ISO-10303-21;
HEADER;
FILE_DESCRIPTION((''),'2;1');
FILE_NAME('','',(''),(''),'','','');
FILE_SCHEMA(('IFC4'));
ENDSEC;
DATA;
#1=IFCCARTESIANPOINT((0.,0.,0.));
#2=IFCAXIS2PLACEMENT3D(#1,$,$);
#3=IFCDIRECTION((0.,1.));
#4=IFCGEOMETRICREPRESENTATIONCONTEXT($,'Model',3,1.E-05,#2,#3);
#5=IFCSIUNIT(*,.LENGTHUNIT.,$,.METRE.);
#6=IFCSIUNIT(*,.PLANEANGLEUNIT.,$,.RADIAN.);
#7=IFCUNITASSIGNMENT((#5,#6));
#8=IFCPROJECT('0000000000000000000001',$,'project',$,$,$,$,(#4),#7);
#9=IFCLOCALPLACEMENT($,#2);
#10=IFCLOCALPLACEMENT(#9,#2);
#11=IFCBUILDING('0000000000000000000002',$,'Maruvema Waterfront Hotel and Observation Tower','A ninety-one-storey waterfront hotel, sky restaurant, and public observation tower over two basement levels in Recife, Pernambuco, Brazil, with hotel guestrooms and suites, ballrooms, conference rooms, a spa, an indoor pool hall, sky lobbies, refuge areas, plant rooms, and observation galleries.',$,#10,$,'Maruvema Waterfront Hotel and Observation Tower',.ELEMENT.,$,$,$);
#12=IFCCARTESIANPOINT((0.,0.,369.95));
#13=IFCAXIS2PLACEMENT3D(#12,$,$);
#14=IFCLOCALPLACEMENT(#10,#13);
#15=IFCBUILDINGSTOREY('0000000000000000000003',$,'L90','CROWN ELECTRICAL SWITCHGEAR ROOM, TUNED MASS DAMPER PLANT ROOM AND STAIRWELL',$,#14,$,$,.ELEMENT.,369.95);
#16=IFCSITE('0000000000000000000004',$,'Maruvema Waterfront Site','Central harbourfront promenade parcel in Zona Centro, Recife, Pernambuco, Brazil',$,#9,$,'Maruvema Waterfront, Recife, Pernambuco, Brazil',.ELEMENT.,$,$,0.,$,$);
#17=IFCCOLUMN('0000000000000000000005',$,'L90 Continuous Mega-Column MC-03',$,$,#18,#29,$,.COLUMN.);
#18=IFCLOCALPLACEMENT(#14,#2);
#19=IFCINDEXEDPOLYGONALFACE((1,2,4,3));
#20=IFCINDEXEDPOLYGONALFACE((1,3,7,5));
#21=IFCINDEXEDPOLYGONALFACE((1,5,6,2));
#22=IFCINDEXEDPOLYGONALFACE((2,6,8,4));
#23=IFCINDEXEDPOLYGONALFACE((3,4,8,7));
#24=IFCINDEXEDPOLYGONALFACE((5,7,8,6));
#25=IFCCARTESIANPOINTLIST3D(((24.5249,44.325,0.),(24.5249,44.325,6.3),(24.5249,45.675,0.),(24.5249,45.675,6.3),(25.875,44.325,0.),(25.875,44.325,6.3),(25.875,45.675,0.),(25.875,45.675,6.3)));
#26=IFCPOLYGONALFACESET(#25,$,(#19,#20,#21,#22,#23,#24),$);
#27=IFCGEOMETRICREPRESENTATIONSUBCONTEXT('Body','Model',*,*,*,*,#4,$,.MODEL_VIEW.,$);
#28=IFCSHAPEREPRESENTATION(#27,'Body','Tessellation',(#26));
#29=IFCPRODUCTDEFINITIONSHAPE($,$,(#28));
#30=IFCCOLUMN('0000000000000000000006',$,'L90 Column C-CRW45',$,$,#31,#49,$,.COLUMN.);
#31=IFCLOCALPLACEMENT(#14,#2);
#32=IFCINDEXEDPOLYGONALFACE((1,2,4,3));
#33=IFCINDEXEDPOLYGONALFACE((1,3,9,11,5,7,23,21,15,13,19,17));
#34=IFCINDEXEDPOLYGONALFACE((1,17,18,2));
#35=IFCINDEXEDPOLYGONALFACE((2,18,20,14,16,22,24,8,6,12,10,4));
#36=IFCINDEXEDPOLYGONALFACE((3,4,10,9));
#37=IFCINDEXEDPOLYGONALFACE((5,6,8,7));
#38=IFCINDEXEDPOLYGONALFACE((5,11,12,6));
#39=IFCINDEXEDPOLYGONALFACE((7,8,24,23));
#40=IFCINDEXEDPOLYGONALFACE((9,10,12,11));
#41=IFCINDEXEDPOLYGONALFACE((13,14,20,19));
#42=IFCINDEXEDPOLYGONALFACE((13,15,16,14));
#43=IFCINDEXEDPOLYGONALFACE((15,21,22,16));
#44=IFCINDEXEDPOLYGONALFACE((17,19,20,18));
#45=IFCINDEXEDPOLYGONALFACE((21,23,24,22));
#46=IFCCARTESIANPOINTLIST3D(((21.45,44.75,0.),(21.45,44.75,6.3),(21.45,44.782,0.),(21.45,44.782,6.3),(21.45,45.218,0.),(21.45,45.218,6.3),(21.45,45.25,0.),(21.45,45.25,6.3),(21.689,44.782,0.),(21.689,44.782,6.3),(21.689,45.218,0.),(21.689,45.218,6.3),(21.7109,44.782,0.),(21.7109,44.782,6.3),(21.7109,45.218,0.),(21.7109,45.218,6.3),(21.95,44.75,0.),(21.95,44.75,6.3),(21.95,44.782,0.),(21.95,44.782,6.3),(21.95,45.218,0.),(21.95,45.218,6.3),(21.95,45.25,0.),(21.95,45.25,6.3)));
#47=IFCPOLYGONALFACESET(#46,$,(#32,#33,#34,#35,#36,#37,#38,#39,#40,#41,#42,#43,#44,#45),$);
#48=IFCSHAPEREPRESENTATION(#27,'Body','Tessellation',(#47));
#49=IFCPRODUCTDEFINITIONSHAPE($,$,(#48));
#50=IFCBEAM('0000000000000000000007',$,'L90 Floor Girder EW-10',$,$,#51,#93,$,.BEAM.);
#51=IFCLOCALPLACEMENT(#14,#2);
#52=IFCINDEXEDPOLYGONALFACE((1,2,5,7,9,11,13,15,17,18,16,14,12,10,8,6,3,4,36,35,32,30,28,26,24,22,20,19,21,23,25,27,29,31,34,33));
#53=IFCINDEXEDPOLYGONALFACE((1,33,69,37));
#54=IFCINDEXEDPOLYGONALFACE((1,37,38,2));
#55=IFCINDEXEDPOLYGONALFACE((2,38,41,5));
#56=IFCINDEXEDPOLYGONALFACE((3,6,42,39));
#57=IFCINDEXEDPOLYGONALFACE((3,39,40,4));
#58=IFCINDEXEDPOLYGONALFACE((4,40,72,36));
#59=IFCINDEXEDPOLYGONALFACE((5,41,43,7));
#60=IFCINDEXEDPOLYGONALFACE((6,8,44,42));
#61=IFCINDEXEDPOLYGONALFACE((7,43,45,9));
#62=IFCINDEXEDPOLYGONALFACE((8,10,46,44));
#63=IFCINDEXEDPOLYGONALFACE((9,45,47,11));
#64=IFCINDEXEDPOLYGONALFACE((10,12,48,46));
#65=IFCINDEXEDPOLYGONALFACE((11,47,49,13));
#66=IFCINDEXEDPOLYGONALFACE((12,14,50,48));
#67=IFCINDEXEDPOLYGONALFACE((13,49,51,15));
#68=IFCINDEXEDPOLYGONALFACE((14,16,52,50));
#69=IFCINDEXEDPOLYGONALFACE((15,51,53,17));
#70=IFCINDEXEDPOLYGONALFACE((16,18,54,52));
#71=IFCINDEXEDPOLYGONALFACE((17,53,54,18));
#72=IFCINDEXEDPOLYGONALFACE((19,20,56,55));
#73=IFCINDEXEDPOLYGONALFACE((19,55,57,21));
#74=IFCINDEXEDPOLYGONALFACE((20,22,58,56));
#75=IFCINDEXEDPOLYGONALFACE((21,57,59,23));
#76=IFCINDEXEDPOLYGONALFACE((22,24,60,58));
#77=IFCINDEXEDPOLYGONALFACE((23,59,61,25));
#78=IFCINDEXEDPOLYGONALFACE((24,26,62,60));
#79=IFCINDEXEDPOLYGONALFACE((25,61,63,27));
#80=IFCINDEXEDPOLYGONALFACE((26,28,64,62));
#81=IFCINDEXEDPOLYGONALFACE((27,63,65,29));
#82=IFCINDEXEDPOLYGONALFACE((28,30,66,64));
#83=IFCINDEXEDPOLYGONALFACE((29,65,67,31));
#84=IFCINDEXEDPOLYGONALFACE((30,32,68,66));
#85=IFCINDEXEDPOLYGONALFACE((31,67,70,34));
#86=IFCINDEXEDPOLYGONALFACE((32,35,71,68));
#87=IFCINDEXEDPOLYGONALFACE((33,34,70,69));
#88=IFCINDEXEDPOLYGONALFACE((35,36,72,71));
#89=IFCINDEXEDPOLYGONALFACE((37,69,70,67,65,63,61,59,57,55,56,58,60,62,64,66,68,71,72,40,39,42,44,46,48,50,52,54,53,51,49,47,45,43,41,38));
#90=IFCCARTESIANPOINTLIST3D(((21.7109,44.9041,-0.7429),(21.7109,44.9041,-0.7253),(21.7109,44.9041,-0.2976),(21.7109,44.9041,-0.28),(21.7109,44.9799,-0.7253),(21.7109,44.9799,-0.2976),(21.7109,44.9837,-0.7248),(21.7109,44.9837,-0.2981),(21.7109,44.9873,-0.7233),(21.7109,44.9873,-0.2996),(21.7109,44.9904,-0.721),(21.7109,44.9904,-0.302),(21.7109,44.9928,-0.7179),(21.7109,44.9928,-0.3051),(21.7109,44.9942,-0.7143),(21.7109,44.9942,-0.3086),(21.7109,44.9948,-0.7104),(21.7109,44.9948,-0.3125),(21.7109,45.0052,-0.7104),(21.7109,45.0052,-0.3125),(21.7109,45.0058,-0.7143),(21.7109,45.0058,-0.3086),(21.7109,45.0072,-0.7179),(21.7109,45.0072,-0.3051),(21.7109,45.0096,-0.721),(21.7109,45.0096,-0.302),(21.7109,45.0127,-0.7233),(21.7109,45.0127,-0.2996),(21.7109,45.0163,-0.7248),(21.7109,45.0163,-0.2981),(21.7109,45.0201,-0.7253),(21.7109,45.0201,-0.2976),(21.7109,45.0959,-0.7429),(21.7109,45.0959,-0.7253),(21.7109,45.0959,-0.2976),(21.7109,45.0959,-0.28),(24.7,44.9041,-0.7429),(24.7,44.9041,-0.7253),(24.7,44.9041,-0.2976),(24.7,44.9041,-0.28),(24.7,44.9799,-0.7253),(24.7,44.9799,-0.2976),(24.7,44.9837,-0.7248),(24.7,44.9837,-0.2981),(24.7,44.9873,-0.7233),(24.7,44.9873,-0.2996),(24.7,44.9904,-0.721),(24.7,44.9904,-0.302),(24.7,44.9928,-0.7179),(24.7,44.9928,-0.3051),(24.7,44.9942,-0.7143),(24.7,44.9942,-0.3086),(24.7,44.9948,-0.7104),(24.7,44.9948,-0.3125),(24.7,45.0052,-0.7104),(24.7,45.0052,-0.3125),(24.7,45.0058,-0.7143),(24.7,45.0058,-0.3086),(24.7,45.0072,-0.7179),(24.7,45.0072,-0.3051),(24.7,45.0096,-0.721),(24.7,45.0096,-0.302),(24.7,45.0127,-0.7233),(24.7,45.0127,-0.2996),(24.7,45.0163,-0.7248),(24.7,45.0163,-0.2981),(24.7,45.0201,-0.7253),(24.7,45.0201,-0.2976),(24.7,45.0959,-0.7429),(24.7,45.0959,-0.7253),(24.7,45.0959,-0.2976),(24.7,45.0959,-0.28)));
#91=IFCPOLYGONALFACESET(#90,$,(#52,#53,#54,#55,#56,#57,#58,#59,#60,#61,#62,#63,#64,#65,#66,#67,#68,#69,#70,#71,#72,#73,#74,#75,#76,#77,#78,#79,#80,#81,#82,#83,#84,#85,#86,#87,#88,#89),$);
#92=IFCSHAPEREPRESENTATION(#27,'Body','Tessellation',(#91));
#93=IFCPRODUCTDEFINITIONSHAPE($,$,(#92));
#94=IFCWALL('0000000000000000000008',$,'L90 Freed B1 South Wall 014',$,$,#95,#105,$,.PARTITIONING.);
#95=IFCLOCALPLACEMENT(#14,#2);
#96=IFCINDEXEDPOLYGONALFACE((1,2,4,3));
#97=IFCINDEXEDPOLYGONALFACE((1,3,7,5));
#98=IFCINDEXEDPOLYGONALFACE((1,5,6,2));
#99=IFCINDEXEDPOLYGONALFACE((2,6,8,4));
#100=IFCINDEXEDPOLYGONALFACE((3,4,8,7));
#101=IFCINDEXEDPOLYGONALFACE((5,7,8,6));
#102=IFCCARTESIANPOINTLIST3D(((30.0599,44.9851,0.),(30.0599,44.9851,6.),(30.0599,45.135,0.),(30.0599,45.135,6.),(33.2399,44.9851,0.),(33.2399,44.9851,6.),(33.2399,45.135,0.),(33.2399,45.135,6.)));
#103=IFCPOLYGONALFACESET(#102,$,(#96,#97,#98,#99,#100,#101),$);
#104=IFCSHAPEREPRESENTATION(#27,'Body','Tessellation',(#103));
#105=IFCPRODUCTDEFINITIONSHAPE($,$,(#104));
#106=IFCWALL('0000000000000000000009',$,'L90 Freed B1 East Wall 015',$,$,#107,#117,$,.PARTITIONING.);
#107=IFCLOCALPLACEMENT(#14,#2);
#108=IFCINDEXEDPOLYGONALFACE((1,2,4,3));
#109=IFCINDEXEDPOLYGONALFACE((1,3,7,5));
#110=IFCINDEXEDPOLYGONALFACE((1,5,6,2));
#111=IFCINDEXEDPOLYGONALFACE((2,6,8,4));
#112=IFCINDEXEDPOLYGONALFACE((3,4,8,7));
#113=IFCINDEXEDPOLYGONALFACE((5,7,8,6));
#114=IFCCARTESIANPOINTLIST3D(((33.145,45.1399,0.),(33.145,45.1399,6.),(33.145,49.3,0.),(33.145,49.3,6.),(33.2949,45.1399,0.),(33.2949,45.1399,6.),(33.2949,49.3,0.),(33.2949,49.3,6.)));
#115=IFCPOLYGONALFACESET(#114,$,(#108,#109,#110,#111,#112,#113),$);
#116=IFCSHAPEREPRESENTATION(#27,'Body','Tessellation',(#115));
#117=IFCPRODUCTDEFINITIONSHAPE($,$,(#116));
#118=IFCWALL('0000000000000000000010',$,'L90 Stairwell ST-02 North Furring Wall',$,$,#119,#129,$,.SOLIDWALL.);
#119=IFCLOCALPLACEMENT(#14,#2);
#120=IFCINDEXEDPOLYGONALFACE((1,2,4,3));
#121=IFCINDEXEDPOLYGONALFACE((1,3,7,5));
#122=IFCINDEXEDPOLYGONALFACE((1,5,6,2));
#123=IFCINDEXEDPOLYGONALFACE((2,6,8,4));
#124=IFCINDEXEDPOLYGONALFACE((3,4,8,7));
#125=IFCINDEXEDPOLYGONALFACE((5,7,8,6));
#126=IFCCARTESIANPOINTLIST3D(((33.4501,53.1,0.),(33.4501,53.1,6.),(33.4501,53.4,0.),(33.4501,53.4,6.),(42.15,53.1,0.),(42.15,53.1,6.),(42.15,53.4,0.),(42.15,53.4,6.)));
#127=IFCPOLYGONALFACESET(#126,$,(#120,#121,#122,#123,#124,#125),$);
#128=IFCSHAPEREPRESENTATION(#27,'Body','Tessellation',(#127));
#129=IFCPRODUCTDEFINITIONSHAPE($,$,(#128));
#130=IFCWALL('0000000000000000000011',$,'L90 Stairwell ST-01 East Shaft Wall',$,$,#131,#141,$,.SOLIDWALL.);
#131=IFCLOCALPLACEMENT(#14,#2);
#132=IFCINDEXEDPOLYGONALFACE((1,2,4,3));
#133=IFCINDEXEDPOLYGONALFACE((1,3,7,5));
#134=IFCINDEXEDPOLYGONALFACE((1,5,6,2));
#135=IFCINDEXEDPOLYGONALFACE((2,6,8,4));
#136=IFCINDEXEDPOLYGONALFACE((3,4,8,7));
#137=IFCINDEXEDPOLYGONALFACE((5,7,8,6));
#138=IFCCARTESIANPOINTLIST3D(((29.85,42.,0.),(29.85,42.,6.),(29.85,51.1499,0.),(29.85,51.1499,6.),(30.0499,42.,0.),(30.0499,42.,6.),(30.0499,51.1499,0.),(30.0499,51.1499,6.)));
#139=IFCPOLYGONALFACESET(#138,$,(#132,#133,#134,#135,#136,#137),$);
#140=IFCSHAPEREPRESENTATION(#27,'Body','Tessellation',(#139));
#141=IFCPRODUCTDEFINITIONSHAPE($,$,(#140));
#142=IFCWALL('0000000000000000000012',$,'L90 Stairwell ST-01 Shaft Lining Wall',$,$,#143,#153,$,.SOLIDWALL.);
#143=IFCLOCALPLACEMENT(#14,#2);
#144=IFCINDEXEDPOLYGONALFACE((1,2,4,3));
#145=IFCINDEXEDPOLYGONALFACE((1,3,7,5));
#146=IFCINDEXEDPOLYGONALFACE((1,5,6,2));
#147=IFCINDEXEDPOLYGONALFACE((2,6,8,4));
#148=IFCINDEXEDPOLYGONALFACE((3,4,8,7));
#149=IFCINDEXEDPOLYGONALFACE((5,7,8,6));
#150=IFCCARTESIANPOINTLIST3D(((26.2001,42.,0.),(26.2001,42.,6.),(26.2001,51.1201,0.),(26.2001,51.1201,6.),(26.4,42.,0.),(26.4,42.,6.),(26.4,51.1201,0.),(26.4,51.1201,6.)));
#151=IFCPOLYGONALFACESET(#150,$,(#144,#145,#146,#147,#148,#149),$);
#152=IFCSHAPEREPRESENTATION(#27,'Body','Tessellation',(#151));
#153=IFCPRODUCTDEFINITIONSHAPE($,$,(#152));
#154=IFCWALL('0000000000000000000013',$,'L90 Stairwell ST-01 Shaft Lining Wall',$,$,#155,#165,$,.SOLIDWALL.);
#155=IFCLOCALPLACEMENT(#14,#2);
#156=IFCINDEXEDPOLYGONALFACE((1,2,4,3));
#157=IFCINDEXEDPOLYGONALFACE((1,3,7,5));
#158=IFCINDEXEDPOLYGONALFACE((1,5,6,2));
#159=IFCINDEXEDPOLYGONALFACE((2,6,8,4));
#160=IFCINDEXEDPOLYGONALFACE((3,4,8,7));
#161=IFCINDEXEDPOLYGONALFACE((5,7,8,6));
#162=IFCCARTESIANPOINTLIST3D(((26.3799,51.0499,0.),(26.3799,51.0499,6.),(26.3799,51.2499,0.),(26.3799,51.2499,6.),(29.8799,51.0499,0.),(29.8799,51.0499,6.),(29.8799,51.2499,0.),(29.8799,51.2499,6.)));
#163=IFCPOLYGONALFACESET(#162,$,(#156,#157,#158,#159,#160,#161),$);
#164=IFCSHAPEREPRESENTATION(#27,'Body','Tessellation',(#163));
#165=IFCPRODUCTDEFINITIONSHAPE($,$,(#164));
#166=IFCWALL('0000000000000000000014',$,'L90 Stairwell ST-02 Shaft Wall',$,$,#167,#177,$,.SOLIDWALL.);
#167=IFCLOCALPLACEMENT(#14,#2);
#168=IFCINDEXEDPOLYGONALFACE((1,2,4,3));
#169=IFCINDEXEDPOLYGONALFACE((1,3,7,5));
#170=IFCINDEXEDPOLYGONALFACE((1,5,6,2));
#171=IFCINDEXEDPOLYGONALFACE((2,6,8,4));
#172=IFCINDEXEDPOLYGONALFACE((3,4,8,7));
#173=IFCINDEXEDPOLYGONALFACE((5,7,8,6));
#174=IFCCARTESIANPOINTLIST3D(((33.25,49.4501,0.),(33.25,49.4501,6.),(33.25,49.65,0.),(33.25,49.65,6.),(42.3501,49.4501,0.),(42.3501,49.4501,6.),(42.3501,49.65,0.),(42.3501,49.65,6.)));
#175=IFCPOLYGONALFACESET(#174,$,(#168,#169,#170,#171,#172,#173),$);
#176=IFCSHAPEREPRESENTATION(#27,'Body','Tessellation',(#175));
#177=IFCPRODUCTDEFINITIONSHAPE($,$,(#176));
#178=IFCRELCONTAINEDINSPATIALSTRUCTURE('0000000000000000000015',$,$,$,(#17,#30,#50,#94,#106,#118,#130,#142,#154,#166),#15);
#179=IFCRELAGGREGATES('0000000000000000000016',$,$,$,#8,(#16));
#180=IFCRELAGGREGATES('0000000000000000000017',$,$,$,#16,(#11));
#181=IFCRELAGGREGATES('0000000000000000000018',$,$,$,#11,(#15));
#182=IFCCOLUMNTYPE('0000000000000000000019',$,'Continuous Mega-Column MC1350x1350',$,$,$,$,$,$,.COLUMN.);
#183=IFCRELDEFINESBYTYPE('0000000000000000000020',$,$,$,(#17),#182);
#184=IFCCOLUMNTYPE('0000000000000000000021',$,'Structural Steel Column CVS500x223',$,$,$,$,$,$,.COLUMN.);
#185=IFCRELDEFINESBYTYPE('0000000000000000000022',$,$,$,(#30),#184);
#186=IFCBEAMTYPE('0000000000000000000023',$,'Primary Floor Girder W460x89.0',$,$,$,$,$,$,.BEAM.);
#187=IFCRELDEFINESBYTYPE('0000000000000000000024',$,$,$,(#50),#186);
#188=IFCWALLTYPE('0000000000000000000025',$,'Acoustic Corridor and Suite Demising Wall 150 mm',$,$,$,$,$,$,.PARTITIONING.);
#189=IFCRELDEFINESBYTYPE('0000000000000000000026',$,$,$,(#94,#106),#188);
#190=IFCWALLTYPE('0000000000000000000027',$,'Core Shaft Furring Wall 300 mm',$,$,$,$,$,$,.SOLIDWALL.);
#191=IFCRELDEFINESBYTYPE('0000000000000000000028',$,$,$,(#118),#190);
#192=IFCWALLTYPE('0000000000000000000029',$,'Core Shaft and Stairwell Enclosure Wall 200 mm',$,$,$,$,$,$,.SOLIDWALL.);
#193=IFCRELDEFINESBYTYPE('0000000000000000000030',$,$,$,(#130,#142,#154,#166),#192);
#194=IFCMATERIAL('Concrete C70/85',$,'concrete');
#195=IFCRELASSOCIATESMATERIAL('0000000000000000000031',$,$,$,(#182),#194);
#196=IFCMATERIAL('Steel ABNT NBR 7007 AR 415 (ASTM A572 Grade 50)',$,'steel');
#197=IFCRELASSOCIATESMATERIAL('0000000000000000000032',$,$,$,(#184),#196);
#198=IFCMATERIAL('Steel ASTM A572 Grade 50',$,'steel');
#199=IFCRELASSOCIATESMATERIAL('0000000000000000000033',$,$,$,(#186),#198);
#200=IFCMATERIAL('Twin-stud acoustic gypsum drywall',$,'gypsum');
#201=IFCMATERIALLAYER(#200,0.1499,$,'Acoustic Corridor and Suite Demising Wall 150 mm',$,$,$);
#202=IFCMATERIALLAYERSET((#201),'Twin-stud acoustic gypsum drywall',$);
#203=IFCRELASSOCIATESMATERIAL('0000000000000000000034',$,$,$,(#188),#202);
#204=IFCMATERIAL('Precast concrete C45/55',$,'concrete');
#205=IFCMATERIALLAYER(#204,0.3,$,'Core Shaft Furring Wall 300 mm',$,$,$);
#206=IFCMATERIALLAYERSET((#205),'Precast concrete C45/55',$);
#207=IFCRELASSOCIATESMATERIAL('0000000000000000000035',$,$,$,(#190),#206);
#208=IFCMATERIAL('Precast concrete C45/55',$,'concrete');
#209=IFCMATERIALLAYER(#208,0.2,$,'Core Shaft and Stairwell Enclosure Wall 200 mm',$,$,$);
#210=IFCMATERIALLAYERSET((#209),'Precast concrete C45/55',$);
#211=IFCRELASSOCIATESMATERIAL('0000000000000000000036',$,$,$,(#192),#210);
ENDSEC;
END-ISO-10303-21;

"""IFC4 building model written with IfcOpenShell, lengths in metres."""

from ifc_helpers import new_model, si_unit, direction, frame, frame_2d, origin, origin_2d, place, context, subcontext, project, spatial, rectangle, i_section, extrude, material, layer, layer_set, material_profile, profile_set, type_object, element, save


model = new_model("IFC4")

# Units and contexts
model_context = context("Model", 3, precision=1e-05, world=origin(), true_north=direction((0.0, 1.0)))
body_context = subcontext(model_context, "Body", "Model", "MODEL_VIEW")
ifc_project = project(units=[si_unit("LENGTHUNIT", "METRE"), si_unit("PLANEANGLEUNIT", "RADIAN")], contexts=[model_context])

# Site, building, storey
site_placement = place(None, origin())
site = spatial("IfcSite", under=ifc_project, at=site_placement, Name="Maruvema Waterfront Site", Description="Central harbourfront promenade parcel in Zona Centro, Recife, Pernambuco, Brazil", LongName="Maruvema Waterfront, Recife, Pernambuco, Brazil", CompositionType="ELEMENT", RefElevation=0.0)
building_placement = place(site_placement, origin())
building = spatial("IfcBuilding", under=site, at=building_placement, Name="Maruvema Waterfront Hotel and Observation Tower", Description="A ninety-one-storey waterfront hotel, sky restaurant, and public observation tower over two basement levels in Recife, Pernambuco, Brazil, with hotel guestrooms and suites, ballrooms, conference rooms, a spa, an indoor pool hall, sky lobbies, refuge areas, plant rooms, and observation galleries.", LongName="Maruvema Waterfront Hotel and Observation Tower", CompositionType="ELEMENT")
storey_placement = place(building_placement, frame((0.0, 0.0, 369.95)))
storey = spatial("IfcBuildingStorey", under=building, at=storey_placement, Name="L90", Description="CROWN ELECTRICAL SWITCHGEAR ROOM, TUNED MASS DAMPER PLANT ROOM AND STAIRWELL", CompositionType="ELEMENT", Elevation=369.95)

# Columns
ifc_material_1 = material(Name="Concrete C70/85", Category="concrete")
ifc_material_profile_1 = material_profile(ifc_material_1, rectangle(XDim=1.3501, YDim=1.3501, at=origin_2d()), Name="MC1350x1350")
ifc_profile_set_1 = profile_set([ifc_material_profile_1], Name="Concrete C70/85")
column_type_1 = type_object("IfcColumnType", Name="Continuous Mega-Column MC1350x1350", PredefinedType="COLUMN", material=ifc_profile_set_1)
column_1_placement = place(storey_placement, frame((25.2, 45.0, 0.0), z_axis=(0.0, 0.0, 1.0), x_axis=(1.0, 0.0, 0.0)))
element("IfcColumn", 1, at=column_1_placement, inside=storey, type_object=column_type_1, Name="L90 Continuous Mega-Column MC-03", PredefinedType="COLUMN", context=body_context, shape_type="SweptSolid", body=[
    extrude(rectangle(XDim=1.3501, YDim=1.3501, at=origin_2d()), origin(), (0.0, 0.0, 1.0), 6.3),
])
ifc_material_2 = material(Name="Steel ABNT NBR 7007 AR 415 (ASTM A572 Grade 50)", Category="steel")
ifc_material_profile_2 = material_profile(ifc_material_2, i_section(OverallWidth=0.5, OverallDepth=0.5, WebThickness=0.022, FlangeThickness=0.032, at=origin_2d()), Name="CVS500x223")
ifc_profile_set_2 = profile_set([ifc_material_profile_2], Name="Steel ABNT NBR 7007 AR 415 (ASTM A572 Grade 50)")
column_type_2 = type_object("IfcColumnType", Name="Structural Steel Column CVS500x223", PredefinedType="COLUMN", material=ifc_profile_set_2)
column_2_placement = place(storey_placement, frame((21.7, 45.0, 0.0), z_axis=(0.0, 0.0, 1.0), x_axis=(1.0, 0.0, 0.0)))
element("IfcColumn", 2, at=column_2_placement, inside=storey, type_object=column_type_2, Name="L90 Column C-CRW45", PredefinedType="COLUMN", context=body_context, shape_type="SweptSolid", body=[
    extrude(i_section(OverallWidth=0.5, OverallDepth=0.5, WebThickness=0.022, FlangeThickness=0.032, at=origin_2d()), origin(), (0.0, 0.0, 1.0), 6.3),
])

# Beam
ifc_material_3 = material(Name="Steel ASTM A572 Grade 50", Category="steel")
ifc_material_profile_3 = material_profile(ifc_material_3, i_section(OverallWidth=0.1919, OverallDepth=0.4629, WebThickness=0.0105, FlangeThickness=0.0176, FilletRadius=0.0149, at=origin_2d()), Name="W460x89.0")
ifc_profile_set_3 = profile_set([ifc_material_profile_3], Name="Steel ASTM A572 Grade 50")
beam_type = type_object("IfcBeamType", Name="Primary Floor Girder W460x89.0", PredefinedType="BEAM", material=ifc_profile_set_3)
beam_placement = place(storey_placement, frame((21.7109, 45.0, -0.5115), z_axis=(1.0, 0.0, 0.0), x_axis=(0.0, 1.0, 0.0)))
element("IfcBeam", 3, at=beam_placement, inside=storey, type_object=beam_type, Name="L90 Floor Girder EW-10", PredefinedType="BEAM", context=body_context, shape_type="SweptSolid", body=[
    extrude(i_section(OverallWidth=0.1919, OverallDepth=0.4629, WebThickness=0.0105, FlangeThickness=0.0176, FilletRadius=0.0149, at=origin_2d()), origin(), (0.0, 0.0, 1.0), 2.989),
])

# Walls
ifc_material_4 = material(Name="Twin-stud acoustic gypsum drywall", Category="gypsum")
ifc_layer_1 = layer(ifc_material_4, 0.1499, Name="Acoustic Corridor and Suite Demising Wall 150 mm")
ifc_layer_set_1 = layer_set([ifc_layer_1], Name="Twin-stud acoustic gypsum drywall")
wall_type_1 = type_object("IfcWallType", Name="Acoustic Corridor and Suite Demising Wall 150 mm", PredefinedType="PARTITIONING", material=ifc_layer_set_1)
wall_1_placement = place(storey_placement, frame((30.0601, 45.0601, 0.0), z_axis=(0.0, 0.0, 1.0), x_axis=(1.0, 0.0, 0.0)))
element("IfcWall", 4, at=wall_1_placement, inside=storey, type_object=wall_type_1, Name="L90 Freed B1 South Wall 014", PredefinedType="PARTITIONING", context=body_context, shape_type="SweptSolid", body=[
    extrude(rectangle(XDim=3.1799, YDim=0.1499, at=frame_2d((1.5898, 0.0))), origin(), (0.0, 0.0, 1.0), 6.0),
])
wall_2_placement = place(storey_placement, frame((33.22, 45.1399, 0.0), z_axis=(0.0, 0.0, 1.0), x_axis=(0.0, 1.0, 0.0)))
element("IfcWall", 5, at=wall_2_placement, inside=storey, type_object=wall_type_1, Name="L90 Freed B1 East Wall 015", PredefinedType="PARTITIONING", context=body_context, shape_type="SweptSolid", body=[
    extrude(rectangle(XDim=4.1602, YDim=0.1499, at=frame_2d((2.0801, 0.0))), origin(), (0.0, 0.0, 1.0), 6.0),
])
ifc_material_5 = material(Name="Precast concrete C45/55", Category="concrete")
ifc_layer_2 = layer(ifc_material_5, 0.3, Name="Core Shaft Furring Wall 300 mm")
ifc_layer_set_2 = layer_set([ifc_layer_2], Name="Precast concrete C45/55")
wall_type_2 = type_object("IfcWallType", Name="Core Shaft Furring Wall 300 mm", PredefinedType="SOLIDWALL", material=ifc_layer_set_2)
wall_3_placement = place(storey_placement, frame((33.45, 53.25, 0.0), z_axis=(0.0, 0.0, 1.0), x_axis=(1.0, 0.0, 0.0)))
element("IfcWall", 6, at=wall_3_placement, inside=storey, type_object=wall_type_2, Name="L90 Stairwell ST-02 North Furring Wall", PredefinedType="SOLIDWALL", context=body_context, shape_type="SweptSolid", body=[
    extrude(rectangle(XDim=8.7, YDim=0.3, at=frame_2d((4.3501, 0.0))), origin(), (0.0, 0.0, 1.0), 6.0),
])
ifc_material_6 = material(Name="Precast concrete C45/55", Category="concrete")
ifc_layer_3 = layer(ifc_material_6, 0.2, Name="Core Shaft and Stairwell Enclosure Wall 200 mm")
ifc_layer_set_3 = layer_set([ifc_layer_3], Name="Precast concrete C45/55")
wall_type_3 = type_object("IfcWallType", Name="Core Shaft and Stairwell Enclosure Wall 200 mm", PredefinedType="SOLIDWALL", material=ifc_layer_set_3)
wall_4_placement = place(storey_placement, frame((29.95, 42.0, 0.0), z_axis=(0.0, 0.0, 1.0), x_axis=(0.0, 1.0, 0.0)))
element("IfcWall", 7, at=wall_4_placement, inside=storey, type_object=wall_type_3, Name="L90 Stairwell ST-01 East Shaft Wall", PredefinedType="SOLIDWALL", context=body_context, shape_type="SweptSolid", body=[
    extrude(rectangle(XDim=9.1499, YDim=0.2, at=frame_2d((4.575, 0.0))), origin(), (0.0, 0.0, 1.0), 6.0),
])
wall_5_placement = place(storey_placement, frame((26.3, 42.0, 0.0), z_axis=(0.0, 0.0, 1.0), x_axis=(0.0, 1.0, 0.0)))
element("IfcWall", 8, at=wall_5_placement, inside=storey, type_object=wall_type_3, Name="L90 Stairwell ST-01 Shaft Lining Wall", PredefinedType="SOLIDWALL", context=body_context, shape_type="SweptSolid", body=[
    extrude(rectangle(XDim=9.1201, YDim=0.2, at=frame_2d((4.5601, 0.0))), origin(), (0.0, 0.0, 1.0), 6.0),
])
wall_6_placement = place(storey_placement, frame((26.3799, 51.1499, 0.0), z_axis=(0.0, 0.0, 1.0), x_axis=(1.0, 0.0, 0.0)))
element("IfcWall", 9, at=wall_6_placement, inside=storey, type_object=wall_type_3, Name="L90 Stairwell ST-01 Shaft Lining Wall", PredefinedType="SOLIDWALL", context=body_context, shape_type="SweptSolid", body=[
    extrude(rectangle(XDim=3.5, YDim=0.2, at=frame_2d((1.75, 0.0))), origin(), (0.0, 0.0, 1.0), 6.0),
])
wall_7_placement = place(storey_placement, frame((33.25, 49.55, 0.0), z_axis=(0.0, 0.0, 1.0), x_axis=(1.0, 0.0, 0.0)))
element("IfcWall", 10, at=wall_7_placement, inside=storey, type_object=wall_type_3, Name="L90 Stairwell ST-02 Shaft Wall", PredefinedType="SOLIDWALL", context=body_context, shape_type="SweptSolid", body=[
    extrude(rectangle(XDim=9.1001, YDim=0.2, at=frame_2d((4.55, 0.0))), origin(), (0.0, 0.0, 1.0), 6.0),
])

save(model, "model.ifc")
